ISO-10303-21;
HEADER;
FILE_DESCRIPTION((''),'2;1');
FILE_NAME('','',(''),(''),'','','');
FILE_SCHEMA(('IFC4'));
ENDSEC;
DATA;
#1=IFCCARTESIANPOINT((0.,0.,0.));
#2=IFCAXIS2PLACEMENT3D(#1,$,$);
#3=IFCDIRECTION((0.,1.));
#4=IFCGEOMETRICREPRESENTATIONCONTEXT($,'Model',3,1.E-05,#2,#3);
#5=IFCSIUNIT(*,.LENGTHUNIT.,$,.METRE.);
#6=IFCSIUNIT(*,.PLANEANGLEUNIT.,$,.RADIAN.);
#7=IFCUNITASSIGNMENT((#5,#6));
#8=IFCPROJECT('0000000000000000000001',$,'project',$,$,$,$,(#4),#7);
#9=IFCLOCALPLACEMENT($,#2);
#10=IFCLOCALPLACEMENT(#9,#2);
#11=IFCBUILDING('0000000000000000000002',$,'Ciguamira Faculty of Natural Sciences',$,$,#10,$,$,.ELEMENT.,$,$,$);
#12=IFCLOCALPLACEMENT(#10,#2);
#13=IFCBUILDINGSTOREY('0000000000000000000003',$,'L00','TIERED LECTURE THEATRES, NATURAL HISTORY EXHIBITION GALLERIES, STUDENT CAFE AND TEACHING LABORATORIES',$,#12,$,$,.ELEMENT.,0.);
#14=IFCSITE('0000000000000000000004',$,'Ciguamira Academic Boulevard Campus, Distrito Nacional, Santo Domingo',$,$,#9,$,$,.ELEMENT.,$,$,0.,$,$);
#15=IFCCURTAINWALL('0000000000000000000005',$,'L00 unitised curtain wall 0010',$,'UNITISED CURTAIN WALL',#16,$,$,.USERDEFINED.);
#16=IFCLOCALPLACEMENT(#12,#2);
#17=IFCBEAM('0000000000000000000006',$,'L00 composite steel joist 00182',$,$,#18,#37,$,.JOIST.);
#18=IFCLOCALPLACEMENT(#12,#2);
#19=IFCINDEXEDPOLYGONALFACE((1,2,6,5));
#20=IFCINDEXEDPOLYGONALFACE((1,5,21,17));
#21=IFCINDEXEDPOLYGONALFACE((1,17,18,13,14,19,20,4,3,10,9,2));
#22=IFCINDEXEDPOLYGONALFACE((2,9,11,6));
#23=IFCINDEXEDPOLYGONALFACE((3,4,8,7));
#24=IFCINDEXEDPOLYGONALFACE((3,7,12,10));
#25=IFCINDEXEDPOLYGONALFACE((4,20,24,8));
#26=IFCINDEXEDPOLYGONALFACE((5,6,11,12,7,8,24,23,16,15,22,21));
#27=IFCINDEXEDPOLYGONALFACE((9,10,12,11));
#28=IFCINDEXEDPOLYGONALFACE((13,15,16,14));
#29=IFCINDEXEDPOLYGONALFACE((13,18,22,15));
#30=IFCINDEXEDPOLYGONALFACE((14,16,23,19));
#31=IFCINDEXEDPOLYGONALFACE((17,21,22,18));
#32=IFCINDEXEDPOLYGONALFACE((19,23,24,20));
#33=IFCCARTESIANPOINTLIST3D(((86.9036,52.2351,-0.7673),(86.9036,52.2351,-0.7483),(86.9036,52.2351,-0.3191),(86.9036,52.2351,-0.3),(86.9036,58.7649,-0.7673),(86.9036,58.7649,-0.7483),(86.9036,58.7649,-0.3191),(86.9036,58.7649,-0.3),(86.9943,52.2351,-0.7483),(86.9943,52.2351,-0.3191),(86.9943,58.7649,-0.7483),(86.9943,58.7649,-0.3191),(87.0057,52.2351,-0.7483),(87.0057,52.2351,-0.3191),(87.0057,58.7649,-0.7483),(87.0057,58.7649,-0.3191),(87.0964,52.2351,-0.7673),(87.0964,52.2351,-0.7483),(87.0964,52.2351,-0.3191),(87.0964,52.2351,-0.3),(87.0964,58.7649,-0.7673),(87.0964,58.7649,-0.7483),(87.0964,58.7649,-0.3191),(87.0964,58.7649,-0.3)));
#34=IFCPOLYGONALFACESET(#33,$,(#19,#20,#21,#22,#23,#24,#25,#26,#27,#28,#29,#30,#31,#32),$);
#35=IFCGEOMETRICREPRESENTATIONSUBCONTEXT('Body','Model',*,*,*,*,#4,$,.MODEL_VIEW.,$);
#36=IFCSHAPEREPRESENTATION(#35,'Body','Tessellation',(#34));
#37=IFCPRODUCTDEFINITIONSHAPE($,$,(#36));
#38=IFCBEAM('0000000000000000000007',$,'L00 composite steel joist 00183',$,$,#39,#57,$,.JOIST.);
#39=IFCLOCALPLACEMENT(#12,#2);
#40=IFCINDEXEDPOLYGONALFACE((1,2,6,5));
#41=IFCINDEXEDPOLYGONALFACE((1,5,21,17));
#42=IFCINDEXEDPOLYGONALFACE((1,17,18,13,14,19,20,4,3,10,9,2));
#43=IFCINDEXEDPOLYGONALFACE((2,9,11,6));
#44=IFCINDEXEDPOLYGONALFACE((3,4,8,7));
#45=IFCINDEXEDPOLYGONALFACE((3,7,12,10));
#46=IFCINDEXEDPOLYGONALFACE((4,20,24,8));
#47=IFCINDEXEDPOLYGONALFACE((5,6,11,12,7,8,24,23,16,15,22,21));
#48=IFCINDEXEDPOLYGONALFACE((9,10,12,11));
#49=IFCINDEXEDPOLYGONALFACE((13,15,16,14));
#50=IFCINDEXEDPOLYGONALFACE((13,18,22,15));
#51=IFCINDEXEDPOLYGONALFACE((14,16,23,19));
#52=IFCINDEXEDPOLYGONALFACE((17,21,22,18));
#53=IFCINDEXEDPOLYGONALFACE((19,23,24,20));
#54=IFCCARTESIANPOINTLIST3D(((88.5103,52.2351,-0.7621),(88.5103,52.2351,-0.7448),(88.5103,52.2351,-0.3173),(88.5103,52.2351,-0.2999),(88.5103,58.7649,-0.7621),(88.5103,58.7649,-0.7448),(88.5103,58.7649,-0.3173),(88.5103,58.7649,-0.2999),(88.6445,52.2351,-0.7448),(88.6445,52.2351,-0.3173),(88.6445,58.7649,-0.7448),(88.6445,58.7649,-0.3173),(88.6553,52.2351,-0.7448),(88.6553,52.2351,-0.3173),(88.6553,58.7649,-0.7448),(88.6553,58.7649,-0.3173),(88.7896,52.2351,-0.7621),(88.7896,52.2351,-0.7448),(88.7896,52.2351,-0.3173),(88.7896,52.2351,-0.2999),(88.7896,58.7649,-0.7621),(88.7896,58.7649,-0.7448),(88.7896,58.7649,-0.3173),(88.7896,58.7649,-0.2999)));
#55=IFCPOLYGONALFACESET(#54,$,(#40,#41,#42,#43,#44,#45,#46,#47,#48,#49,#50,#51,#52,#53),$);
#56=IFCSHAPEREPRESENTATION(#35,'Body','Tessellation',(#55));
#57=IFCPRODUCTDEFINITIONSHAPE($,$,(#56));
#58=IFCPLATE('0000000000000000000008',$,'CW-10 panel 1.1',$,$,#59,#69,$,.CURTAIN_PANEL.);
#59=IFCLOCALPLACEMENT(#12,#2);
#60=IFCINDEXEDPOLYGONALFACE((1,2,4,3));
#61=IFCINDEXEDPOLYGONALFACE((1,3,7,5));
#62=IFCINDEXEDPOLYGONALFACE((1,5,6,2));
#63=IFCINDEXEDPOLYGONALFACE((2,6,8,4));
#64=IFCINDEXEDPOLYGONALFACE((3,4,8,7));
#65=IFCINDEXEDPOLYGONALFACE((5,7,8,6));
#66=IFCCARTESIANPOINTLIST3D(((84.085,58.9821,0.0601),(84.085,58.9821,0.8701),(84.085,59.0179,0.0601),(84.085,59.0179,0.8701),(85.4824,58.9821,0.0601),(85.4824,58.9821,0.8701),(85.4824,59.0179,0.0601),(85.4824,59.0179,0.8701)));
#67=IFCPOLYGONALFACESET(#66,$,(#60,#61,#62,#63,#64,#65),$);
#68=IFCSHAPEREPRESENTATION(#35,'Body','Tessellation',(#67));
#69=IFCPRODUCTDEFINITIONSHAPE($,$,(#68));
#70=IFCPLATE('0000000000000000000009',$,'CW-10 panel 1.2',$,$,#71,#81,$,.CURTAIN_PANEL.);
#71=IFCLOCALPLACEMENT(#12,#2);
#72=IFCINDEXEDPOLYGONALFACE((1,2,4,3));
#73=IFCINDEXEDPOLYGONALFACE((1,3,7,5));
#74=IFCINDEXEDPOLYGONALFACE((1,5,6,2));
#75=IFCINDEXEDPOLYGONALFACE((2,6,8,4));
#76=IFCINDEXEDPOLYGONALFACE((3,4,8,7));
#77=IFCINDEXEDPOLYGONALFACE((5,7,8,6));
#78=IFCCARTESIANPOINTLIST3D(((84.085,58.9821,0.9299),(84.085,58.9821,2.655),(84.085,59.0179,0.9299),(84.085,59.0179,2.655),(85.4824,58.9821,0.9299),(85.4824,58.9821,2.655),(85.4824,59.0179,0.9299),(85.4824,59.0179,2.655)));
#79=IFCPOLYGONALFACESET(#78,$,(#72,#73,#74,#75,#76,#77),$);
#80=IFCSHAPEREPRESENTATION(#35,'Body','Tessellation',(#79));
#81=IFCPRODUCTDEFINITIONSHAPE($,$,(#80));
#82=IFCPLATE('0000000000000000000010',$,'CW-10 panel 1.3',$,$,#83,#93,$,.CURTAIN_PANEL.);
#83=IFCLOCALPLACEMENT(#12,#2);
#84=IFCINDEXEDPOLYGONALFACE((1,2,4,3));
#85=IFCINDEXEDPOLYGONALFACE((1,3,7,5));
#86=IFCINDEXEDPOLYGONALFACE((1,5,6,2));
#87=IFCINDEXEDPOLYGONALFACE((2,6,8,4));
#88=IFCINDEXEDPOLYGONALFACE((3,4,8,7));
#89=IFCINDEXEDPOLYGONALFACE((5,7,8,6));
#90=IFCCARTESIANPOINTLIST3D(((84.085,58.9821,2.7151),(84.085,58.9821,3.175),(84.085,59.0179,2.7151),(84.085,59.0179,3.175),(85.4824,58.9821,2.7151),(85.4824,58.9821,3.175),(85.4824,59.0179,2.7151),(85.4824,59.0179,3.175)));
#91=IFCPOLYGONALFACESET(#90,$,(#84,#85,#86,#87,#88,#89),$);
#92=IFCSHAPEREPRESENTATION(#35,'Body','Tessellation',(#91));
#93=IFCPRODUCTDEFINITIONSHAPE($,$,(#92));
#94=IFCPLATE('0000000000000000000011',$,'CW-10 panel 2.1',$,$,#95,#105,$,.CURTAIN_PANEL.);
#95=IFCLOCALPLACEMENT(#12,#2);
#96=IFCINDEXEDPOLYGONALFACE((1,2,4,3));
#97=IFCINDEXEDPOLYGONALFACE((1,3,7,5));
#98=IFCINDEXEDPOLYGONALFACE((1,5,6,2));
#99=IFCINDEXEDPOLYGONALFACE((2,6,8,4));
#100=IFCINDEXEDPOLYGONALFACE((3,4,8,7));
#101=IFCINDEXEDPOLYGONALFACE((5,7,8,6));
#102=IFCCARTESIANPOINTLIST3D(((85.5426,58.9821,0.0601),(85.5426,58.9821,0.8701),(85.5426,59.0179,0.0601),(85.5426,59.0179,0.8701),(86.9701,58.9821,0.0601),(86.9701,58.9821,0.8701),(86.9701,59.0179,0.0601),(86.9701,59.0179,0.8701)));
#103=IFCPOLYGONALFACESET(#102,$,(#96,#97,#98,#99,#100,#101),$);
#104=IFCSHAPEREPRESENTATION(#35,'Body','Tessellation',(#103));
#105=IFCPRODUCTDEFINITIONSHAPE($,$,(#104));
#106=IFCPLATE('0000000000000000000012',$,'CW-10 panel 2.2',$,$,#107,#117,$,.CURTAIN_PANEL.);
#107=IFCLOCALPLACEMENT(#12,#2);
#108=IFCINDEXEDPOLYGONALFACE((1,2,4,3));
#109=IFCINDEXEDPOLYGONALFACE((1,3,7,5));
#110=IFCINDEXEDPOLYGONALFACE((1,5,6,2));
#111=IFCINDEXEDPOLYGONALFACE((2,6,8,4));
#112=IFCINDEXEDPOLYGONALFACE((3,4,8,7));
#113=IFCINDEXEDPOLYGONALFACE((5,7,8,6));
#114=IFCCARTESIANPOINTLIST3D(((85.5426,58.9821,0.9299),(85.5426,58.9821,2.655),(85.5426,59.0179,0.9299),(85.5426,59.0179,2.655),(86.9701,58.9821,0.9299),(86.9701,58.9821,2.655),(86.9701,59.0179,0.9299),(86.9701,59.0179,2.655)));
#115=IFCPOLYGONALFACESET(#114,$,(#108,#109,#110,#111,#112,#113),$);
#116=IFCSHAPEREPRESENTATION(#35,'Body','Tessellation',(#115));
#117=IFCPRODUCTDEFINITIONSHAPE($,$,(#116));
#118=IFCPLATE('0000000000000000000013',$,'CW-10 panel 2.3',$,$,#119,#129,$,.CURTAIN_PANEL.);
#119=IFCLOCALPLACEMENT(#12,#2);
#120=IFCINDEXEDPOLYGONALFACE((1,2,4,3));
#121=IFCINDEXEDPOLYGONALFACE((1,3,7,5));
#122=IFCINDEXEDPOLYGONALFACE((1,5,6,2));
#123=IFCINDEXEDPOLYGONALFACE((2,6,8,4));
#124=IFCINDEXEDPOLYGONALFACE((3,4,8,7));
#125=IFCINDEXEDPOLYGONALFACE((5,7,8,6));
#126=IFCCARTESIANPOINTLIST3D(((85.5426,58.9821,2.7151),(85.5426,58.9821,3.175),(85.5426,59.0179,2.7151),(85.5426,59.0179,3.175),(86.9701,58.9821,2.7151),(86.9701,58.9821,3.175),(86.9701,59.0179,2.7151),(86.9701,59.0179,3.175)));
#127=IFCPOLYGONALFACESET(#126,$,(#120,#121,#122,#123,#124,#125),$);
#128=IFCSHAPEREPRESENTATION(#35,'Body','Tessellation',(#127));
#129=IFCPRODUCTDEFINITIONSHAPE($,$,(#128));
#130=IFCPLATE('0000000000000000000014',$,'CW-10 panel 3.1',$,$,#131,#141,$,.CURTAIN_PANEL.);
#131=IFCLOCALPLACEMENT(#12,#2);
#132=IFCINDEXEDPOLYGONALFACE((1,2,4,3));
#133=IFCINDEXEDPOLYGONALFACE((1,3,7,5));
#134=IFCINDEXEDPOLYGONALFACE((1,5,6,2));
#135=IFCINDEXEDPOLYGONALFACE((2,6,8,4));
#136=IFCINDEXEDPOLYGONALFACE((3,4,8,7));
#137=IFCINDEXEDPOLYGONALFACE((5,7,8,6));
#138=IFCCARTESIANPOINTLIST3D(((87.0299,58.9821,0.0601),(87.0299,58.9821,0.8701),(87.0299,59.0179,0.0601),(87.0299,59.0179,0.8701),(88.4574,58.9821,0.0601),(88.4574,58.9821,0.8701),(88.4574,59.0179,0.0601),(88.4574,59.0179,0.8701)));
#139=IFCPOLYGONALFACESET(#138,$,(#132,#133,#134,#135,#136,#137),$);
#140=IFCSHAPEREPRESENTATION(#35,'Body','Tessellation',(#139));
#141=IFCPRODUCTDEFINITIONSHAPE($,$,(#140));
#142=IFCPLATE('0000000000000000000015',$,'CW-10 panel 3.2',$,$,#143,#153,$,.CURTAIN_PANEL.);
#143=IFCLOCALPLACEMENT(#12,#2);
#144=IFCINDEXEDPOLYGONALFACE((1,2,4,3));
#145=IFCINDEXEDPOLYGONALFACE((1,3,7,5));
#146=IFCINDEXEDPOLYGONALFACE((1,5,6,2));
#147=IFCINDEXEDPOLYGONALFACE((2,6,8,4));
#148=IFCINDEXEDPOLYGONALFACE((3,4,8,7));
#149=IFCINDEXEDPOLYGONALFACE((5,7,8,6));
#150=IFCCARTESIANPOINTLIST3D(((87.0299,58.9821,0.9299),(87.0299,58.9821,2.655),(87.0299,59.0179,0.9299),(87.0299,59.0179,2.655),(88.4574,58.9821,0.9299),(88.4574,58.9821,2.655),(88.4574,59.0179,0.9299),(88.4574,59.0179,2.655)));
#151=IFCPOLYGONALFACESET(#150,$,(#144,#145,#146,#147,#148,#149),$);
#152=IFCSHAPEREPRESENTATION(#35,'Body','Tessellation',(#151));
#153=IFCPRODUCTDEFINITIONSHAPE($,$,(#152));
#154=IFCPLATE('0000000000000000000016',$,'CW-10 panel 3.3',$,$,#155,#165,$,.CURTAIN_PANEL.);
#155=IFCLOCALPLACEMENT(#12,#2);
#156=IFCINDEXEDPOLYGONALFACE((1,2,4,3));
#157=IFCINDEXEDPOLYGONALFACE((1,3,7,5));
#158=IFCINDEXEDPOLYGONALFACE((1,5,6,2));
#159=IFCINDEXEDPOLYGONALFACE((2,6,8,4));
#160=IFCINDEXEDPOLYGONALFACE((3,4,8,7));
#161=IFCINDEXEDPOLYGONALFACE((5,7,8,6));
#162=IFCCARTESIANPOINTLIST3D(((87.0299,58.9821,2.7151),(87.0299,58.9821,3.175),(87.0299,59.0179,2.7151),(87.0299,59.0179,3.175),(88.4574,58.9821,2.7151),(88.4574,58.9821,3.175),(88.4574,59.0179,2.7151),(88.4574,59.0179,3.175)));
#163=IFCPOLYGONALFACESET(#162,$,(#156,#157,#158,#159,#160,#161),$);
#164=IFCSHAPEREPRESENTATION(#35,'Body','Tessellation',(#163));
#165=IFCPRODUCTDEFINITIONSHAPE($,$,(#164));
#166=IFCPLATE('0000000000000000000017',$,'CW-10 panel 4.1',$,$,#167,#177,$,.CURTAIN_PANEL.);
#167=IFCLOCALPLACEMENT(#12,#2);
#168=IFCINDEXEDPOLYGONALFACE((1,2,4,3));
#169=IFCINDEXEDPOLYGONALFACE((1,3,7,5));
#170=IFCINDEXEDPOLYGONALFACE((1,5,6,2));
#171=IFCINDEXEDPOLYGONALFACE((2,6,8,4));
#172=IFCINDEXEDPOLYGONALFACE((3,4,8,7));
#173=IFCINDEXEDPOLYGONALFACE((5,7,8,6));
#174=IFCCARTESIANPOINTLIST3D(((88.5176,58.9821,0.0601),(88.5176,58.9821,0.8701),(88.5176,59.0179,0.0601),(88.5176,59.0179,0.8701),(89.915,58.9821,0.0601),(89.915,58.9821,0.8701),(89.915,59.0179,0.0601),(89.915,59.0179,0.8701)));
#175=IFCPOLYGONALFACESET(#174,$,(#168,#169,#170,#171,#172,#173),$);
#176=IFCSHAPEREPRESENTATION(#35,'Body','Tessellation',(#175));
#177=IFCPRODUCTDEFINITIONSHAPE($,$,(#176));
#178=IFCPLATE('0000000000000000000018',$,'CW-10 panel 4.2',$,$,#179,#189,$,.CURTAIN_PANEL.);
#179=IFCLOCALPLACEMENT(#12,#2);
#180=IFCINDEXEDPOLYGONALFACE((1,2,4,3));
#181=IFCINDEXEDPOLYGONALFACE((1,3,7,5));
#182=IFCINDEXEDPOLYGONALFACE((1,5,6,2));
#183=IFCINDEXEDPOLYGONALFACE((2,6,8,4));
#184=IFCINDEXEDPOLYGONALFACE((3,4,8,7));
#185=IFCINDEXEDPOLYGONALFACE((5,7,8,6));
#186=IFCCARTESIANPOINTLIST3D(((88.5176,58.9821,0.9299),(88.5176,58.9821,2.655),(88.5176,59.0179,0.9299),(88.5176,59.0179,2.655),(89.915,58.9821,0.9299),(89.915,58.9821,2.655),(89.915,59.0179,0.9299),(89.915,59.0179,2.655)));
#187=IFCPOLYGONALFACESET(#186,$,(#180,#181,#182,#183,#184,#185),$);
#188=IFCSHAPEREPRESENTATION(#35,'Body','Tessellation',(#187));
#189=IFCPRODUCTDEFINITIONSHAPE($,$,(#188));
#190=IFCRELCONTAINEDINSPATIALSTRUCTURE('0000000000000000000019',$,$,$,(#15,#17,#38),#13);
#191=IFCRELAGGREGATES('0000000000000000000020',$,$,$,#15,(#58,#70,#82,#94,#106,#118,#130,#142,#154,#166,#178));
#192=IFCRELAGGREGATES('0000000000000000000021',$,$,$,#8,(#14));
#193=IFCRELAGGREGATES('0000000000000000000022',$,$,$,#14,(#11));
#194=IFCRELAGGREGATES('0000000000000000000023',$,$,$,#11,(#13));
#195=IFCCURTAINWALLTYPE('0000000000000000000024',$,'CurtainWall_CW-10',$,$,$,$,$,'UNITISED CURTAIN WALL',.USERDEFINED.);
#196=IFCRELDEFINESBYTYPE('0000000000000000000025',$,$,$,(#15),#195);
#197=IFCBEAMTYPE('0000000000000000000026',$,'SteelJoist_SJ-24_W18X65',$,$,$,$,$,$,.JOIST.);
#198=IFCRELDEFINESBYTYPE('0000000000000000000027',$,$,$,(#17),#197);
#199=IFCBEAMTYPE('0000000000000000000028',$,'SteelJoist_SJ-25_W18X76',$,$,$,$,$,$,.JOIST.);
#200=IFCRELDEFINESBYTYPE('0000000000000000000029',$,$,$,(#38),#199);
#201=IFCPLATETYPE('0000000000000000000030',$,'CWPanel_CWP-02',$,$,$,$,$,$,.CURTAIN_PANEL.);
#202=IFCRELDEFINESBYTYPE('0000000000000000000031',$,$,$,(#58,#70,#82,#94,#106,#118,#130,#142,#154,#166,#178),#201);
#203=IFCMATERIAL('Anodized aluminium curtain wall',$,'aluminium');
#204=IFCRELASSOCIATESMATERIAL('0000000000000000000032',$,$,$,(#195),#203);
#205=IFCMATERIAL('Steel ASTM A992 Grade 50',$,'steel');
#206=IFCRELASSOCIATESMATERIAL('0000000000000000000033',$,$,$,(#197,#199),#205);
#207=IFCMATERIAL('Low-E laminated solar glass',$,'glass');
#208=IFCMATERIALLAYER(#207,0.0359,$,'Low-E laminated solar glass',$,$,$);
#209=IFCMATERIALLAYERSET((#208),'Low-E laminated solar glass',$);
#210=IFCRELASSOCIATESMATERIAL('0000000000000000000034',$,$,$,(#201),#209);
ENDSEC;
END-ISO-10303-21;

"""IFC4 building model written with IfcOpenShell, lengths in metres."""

from ifc_helpers import new_model, si_unit, direction, frame, origin, origin_2d, place, context, subcontext, project, spatial, rectangle, i_section, extrude, material, layer, layer_set, material_profile, profile_set, type_object, element, aggregate, save


model = new_model("IFC4")

# Units and contexts
model_context = context("Model", 3, precision=1e-05, world=origin(), true_north=direction((0.0, 1.0)))
body_context = subcontext(model_context, "Body", "Model", "MODEL_VIEW")
ifc_project = project(units=[si_unit("LENGTHUNIT", "METRE"), si_unit("PLANEANGLEUNIT", "RADIAN")], contexts=[model_context])

# Site, building, storey
site_placement = place(None, origin())
site = spatial("IfcSite", under=ifc_project, at=site_placement, Name="Ciguamira Academic Boulevard Campus, Distrito Nacional, Santo Domingo", CompositionType="ELEMENT", RefElevation=0.0)
building_placement = place(site_placement, origin())
building = spatial("IfcBuilding", under=site, at=building_placement, Name="Ciguamira Faculty of Natural Sciences", CompositionType="ELEMENT")
storey_placement = place(building_placement, origin())
storey = spatial("IfcBuildingStorey", under=building, at=storey_placement, Name="L00", Description="TIERED LECTURE THEATRES, NATURAL HISTORY EXHIBITION GALLERIES, STUDENT CAFE AND TEACHING LABORATORIES", CompositionType="ELEMENT", Elevation=0.0)

# Curtain wall
ifc_material_1 = material(Name="Anodized aluminium curtain wall", Category="aluminium")
curtain_wall_type = type_object("IfcCurtainWallType", Name="CurtainWall_CW-10", ElementType="UNITISED CURTAIN WALL", PredefinedType="USERDEFINED", material=ifc_material_1)
curtain_wall_placement = place(storey_placement, origin())
curtain_wall = element("IfcCurtainWall", 1, at=curtain_wall_placement, inside=storey, type_object=curtain_wall_type, Name="L00 unitised curtain wall 0010", ObjectType="UNITISED CURTAIN WALL", PredefinedType="USERDEFINED")

# Beams
ifc_material_2 = material(Name="Steel ASTM A992 Grade 50", Category="steel")
ifc_material_profile_1 = material_profile(ifc_material_2, i_section(OverallWidth=0.1929, OverallDepth=0.4673, WebThickness=0.0115, FlangeThickness=0.019, at=origin_2d()), Name="W18X65")
ifc_profile_set_1 = profile_set([ifc_material_profile_1], Name="Steel ASTM A992 Grade 50")
beam_type_1 = type_object("IfcBeamType", Name="SteelJoist_SJ-24_W18X65", PredefinedType="JOIST", material=ifc_profile_set_1)
beam_1_placement = place(storey_placement, frame((87.0, 52.2351, -0.5337), z_axis=(0.0, 1.0, 0.0), x_axis=(-1.0, 0.0, 0.0)))
element("IfcBeam", 2, at=beam_1_placement, inside=storey, type_object=beam_type_1, Name="L00 composite steel joist 00182", PredefinedType="JOIST", context=body_context, shape_type="SweptSolid", body=[
    extrude(i_section(OverallWidth=0.1929, OverallDepth=0.4673, WebThickness=0.0115, FlangeThickness=0.019, at=origin_2d()), origin(), (0.0, 0.0, 1.0), 6.5298),
])
ifc_material_profile_2 = material_profile(ifc_material_2, i_section(OverallWidth=0.2793, OverallDepth=0.4622, WebThickness=0.0107, FlangeThickness=0.0173, at=origin_2d()), Name="W18X76")
ifc_profile_set_2 = profile_set([ifc_material_profile_2], Name="Steel ASTM A992 Grade 50")
beam_type_2 = type_object("IfcBeamType", Name="SteelJoist_SJ-25_W18X76", PredefinedType="JOIST", material=ifc_profile_set_2)
beam_2_placement = place(storey_placement, frame((88.6499, 52.2351, -0.531), z_axis=(0.0, 1.0, 0.0), x_axis=(-1.0, 0.0, 0.0)))
element("IfcBeam", 3, at=beam_2_placement, inside=storey, type_object=beam_type_2, Name="L00 composite steel joist 00183", PredefinedType="JOIST", context=body_context, shape_type="SweptSolid", body=[
    extrude(i_section(OverallWidth=0.2793, OverallDepth=0.4622, WebThickness=0.0107, FlangeThickness=0.0173, at=origin_2d()), origin(), (0.0, 0.0, 1.0), 6.5298),
])

# Plates
ifc_material_3 = material(Name="Low-E laminated solar glass", Category="glass")
ifc_layer = layer(ifc_material_3, 0.0359, Name="Low-E laminated solar glass")
ifc_layer_set = layer_set([ifc_layer], Name="Low-E laminated solar glass")
plate_type = type_object("IfcPlateType", Name="CWPanel_CWP-02", PredefinedType="CURTAIN_PANEL", material=ifc_layer_set)
plate_1_placement = place(storey_placement, frame((84.7837, 59.0, 0.0601), z_axis=(0.0, 0.0, 1.0), x_axis=(1.0, 0.0, 0.0)))
plate_1 = element("IfcPlate", 4, at=plate_1_placement, type_object=plate_type, Name="CW-10 panel 1.1", PredefinedType="CURTAIN_PANEL", context=body_context, shape_type="SweptSolid", body=[
    extrude(rectangle(XDim=1.3975, YDim=0.0359, at=origin_2d()), origin(), (0.0, 0.0, 1.0), 0.8101),
])
plate_2_placement = place(storey_placement, frame((84.7837, 59.0, 0.9299), z_axis=(0.0, 0.0, 1.0), x_axis=(1.0, 0.0, 0.0)))
plate_2 = element("IfcPlate", 5, at=plate_2_placement, type_object=plate_type, Name="CW-10 panel 1.2", PredefinedType="CURTAIN_PANEL", context=body_context, shape_type="SweptSolid", body=[
    extrude(rectangle(XDim=1.3975, YDim=0.0359, at=origin_2d()), origin(), (0.0, 0.0, 1.0), 1.7251),
])
plate_3_placement = place(storey_placement, frame((84.7837, 59.0, 2.7151), z_axis=(0.0, 0.0, 1.0), x_axis=(1.0, 0.0, 0.0)))
plate_3 = element("IfcPlate", 6, at=plate_3_placement, type_object=plate_type, Name="CW-10 panel 1.3", PredefinedType="CURTAIN_PANEL", context=body_context, shape_type="SweptSolid", body=[
    extrude(rectangle(XDim=1.3975, YDim=0.0359, at=origin_2d()), origin(), (0.0, 0.0, 1.0), 0.46),
])
plate_4_placement = place(storey_placement, frame((86.2563, 59.0, 0.0601), z_axis=(0.0, 0.0, 1.0), x_axis=(1.0, 0.0, 0.0)))
plate_4 = element("IfcPlate", 7, at=plate_4_placement, type_object=plate_type, Name="CW-10 panel 2.1", PredefinedType="CURTAIN_PANEL", context=body_context, shape_type="SweptSolid", body=[
    extrude(rectangle(XDim=1.4275, YDim=0.0359, at=origin_2d()), origin(), (0.0, 0.0, 1.0), 0.8101),
])
plate_5_placement = place(storey_placement, frame((86.2563, 59.0, 0.9299), z_axis=(0.0, 0.0, 1.0), x_axis=(1.0, 0.0, 0.0)))
plate_5 = element("IfcPlate", 8, at=plate_5_placement, type_object=plate_type, Name="CW-10 panel 2.2", PredefinedType="CURTAIN_PANEL", context=body_context, shape_type="SweptSolid", body=[
    extrude(rectangle(XDim=1.4275, YDim=0.0359, at=origin_2d()), origin(), (0.0, 0.0, 1.0), 1.7251),
])
plate_6_placement = place(storey_placement, frame((86.2563, 59.0, 2.7151), z_axis=(0.0, 0.0, 1.0), x_axis=(1.0, 0.0, 0.0)))
plate_6 = element("IfcPlate", 9, at=plate_6_placement, type_object=plate_type, Name="CW-10 panel 2.3", PredefinedType="CURTAIN_PANEL", context=body_context, shape_type="SweptSolid", body=[
    extrude(rectangle(XDim=1.4275, YDim=0.0359, at=origin_2d()), origin(), (0.0, 0.0, 1.0), 0.46),
])
plate_7_placement = place(storey_placement, frame((87.7437, 59.0, 0.0601), z_axis=(0.0, 0.0, 1.0), x_axis=(1.0, 0.0, 0.0)))
plate_7 = element("IfcPlate", 10, at=plate_7_placement, type_object=plate_type, Name="CW-10 panel 3.1", PredefinedType="CURTAIN_PANEL", context=body_context, shape_type="SweptSolid", body=[
    extrude(rectangle(XDim=1.4275, YDim=0.0359, at=origin_2d()), origin(), (0.0, 0.0, 1.0), 0.8101),
])
plate_8_placement = place(storey_placement, frame((87.7437, 59.0, 0.9299), z_axis=(0.0, 0.0, 1.0), x_axis=(1.0, 0.0, 0.0)))
plate_8 = element("IfcPlate", 11, at=plate_8_placement, type_object=plate_type, Name="CW-10 panel 3.2", PredefinedType="CURTAIN_PANEL", context=body_context, shape_type="SweptSolid", body=[
    extrude(rectangle(XDim=1.4275, YDim=0.0359, at=origin_2d()), origin(), (0.0, 0.0, 1.0), 1.7251),
])
plate_9_placement = place(storey_placement, frame((87.7437, 59.0, 2.7151), z_axis=(0.0, 0.0, 1.0), x_axis=(1.0, 0.0, 0.0)))
plate_9 = element("IfcPlate", 12, at=plate_9_placement, type_object=plate_type, Name="CW-10 panel 3.3", PredefinedType="CURTAIN_PANEL", context=body_context, shape_type="SweptSolid", body=[
    extrude(rectangle(XDim=1.4275, YDim=0.0359, at=origin_2d()), origin(), (0.0, 0.0, 1.0), 0.46),
])
plate_10_placement = place(storey_placement, frame((89.2163, 59.0, 0.0601), z_axis=(0.0, 0.0, 1.0), x_axis=(1.0, 0.0, 0.0)))
plate_10 = element("IfcPlate", 13, at=plate_10_placement, type_object=plate_type, Name="CW-10 panel 4.1", PredefinedType="CURTAIN_PANEL", context=body_context, shape_type="SweptSolid", body=[
    extrude(rectangle(XDim=1.3975, YDim=0.0359, at=origin_2d()), origin(), (0.0, 0.0, 1.0), 0.8101),
])
plate_11_placement = place(storey_placement, frame((89.2163, 59.0, 0.9299), z_axis=(0.0, 0.0, 1.0), x_axis=(1.0, 0.0, 0.0)))
plate_11 = element("IfcPlate", 14, at=plate_11_placement, type_object=plate_type, Name="CW-10 panel 4.2", PredefinedType="CURTAIN_PANEL", context=body_context, shape_type="SweptSolid", body=[
    extrude(rectangle(XDim=1.3975, YDim=0.0359, at=origin_2d()), origin(), (0.0, 0.0, 1.0), 1.7251),
])
aggregate(curtain_wall, [plate_1, plate_2, plate_3, plate_4, plate_5, plate_6, plate_7, plate_8, plate_9, plate_10, plate_11])

save(model, "model.ifc")
